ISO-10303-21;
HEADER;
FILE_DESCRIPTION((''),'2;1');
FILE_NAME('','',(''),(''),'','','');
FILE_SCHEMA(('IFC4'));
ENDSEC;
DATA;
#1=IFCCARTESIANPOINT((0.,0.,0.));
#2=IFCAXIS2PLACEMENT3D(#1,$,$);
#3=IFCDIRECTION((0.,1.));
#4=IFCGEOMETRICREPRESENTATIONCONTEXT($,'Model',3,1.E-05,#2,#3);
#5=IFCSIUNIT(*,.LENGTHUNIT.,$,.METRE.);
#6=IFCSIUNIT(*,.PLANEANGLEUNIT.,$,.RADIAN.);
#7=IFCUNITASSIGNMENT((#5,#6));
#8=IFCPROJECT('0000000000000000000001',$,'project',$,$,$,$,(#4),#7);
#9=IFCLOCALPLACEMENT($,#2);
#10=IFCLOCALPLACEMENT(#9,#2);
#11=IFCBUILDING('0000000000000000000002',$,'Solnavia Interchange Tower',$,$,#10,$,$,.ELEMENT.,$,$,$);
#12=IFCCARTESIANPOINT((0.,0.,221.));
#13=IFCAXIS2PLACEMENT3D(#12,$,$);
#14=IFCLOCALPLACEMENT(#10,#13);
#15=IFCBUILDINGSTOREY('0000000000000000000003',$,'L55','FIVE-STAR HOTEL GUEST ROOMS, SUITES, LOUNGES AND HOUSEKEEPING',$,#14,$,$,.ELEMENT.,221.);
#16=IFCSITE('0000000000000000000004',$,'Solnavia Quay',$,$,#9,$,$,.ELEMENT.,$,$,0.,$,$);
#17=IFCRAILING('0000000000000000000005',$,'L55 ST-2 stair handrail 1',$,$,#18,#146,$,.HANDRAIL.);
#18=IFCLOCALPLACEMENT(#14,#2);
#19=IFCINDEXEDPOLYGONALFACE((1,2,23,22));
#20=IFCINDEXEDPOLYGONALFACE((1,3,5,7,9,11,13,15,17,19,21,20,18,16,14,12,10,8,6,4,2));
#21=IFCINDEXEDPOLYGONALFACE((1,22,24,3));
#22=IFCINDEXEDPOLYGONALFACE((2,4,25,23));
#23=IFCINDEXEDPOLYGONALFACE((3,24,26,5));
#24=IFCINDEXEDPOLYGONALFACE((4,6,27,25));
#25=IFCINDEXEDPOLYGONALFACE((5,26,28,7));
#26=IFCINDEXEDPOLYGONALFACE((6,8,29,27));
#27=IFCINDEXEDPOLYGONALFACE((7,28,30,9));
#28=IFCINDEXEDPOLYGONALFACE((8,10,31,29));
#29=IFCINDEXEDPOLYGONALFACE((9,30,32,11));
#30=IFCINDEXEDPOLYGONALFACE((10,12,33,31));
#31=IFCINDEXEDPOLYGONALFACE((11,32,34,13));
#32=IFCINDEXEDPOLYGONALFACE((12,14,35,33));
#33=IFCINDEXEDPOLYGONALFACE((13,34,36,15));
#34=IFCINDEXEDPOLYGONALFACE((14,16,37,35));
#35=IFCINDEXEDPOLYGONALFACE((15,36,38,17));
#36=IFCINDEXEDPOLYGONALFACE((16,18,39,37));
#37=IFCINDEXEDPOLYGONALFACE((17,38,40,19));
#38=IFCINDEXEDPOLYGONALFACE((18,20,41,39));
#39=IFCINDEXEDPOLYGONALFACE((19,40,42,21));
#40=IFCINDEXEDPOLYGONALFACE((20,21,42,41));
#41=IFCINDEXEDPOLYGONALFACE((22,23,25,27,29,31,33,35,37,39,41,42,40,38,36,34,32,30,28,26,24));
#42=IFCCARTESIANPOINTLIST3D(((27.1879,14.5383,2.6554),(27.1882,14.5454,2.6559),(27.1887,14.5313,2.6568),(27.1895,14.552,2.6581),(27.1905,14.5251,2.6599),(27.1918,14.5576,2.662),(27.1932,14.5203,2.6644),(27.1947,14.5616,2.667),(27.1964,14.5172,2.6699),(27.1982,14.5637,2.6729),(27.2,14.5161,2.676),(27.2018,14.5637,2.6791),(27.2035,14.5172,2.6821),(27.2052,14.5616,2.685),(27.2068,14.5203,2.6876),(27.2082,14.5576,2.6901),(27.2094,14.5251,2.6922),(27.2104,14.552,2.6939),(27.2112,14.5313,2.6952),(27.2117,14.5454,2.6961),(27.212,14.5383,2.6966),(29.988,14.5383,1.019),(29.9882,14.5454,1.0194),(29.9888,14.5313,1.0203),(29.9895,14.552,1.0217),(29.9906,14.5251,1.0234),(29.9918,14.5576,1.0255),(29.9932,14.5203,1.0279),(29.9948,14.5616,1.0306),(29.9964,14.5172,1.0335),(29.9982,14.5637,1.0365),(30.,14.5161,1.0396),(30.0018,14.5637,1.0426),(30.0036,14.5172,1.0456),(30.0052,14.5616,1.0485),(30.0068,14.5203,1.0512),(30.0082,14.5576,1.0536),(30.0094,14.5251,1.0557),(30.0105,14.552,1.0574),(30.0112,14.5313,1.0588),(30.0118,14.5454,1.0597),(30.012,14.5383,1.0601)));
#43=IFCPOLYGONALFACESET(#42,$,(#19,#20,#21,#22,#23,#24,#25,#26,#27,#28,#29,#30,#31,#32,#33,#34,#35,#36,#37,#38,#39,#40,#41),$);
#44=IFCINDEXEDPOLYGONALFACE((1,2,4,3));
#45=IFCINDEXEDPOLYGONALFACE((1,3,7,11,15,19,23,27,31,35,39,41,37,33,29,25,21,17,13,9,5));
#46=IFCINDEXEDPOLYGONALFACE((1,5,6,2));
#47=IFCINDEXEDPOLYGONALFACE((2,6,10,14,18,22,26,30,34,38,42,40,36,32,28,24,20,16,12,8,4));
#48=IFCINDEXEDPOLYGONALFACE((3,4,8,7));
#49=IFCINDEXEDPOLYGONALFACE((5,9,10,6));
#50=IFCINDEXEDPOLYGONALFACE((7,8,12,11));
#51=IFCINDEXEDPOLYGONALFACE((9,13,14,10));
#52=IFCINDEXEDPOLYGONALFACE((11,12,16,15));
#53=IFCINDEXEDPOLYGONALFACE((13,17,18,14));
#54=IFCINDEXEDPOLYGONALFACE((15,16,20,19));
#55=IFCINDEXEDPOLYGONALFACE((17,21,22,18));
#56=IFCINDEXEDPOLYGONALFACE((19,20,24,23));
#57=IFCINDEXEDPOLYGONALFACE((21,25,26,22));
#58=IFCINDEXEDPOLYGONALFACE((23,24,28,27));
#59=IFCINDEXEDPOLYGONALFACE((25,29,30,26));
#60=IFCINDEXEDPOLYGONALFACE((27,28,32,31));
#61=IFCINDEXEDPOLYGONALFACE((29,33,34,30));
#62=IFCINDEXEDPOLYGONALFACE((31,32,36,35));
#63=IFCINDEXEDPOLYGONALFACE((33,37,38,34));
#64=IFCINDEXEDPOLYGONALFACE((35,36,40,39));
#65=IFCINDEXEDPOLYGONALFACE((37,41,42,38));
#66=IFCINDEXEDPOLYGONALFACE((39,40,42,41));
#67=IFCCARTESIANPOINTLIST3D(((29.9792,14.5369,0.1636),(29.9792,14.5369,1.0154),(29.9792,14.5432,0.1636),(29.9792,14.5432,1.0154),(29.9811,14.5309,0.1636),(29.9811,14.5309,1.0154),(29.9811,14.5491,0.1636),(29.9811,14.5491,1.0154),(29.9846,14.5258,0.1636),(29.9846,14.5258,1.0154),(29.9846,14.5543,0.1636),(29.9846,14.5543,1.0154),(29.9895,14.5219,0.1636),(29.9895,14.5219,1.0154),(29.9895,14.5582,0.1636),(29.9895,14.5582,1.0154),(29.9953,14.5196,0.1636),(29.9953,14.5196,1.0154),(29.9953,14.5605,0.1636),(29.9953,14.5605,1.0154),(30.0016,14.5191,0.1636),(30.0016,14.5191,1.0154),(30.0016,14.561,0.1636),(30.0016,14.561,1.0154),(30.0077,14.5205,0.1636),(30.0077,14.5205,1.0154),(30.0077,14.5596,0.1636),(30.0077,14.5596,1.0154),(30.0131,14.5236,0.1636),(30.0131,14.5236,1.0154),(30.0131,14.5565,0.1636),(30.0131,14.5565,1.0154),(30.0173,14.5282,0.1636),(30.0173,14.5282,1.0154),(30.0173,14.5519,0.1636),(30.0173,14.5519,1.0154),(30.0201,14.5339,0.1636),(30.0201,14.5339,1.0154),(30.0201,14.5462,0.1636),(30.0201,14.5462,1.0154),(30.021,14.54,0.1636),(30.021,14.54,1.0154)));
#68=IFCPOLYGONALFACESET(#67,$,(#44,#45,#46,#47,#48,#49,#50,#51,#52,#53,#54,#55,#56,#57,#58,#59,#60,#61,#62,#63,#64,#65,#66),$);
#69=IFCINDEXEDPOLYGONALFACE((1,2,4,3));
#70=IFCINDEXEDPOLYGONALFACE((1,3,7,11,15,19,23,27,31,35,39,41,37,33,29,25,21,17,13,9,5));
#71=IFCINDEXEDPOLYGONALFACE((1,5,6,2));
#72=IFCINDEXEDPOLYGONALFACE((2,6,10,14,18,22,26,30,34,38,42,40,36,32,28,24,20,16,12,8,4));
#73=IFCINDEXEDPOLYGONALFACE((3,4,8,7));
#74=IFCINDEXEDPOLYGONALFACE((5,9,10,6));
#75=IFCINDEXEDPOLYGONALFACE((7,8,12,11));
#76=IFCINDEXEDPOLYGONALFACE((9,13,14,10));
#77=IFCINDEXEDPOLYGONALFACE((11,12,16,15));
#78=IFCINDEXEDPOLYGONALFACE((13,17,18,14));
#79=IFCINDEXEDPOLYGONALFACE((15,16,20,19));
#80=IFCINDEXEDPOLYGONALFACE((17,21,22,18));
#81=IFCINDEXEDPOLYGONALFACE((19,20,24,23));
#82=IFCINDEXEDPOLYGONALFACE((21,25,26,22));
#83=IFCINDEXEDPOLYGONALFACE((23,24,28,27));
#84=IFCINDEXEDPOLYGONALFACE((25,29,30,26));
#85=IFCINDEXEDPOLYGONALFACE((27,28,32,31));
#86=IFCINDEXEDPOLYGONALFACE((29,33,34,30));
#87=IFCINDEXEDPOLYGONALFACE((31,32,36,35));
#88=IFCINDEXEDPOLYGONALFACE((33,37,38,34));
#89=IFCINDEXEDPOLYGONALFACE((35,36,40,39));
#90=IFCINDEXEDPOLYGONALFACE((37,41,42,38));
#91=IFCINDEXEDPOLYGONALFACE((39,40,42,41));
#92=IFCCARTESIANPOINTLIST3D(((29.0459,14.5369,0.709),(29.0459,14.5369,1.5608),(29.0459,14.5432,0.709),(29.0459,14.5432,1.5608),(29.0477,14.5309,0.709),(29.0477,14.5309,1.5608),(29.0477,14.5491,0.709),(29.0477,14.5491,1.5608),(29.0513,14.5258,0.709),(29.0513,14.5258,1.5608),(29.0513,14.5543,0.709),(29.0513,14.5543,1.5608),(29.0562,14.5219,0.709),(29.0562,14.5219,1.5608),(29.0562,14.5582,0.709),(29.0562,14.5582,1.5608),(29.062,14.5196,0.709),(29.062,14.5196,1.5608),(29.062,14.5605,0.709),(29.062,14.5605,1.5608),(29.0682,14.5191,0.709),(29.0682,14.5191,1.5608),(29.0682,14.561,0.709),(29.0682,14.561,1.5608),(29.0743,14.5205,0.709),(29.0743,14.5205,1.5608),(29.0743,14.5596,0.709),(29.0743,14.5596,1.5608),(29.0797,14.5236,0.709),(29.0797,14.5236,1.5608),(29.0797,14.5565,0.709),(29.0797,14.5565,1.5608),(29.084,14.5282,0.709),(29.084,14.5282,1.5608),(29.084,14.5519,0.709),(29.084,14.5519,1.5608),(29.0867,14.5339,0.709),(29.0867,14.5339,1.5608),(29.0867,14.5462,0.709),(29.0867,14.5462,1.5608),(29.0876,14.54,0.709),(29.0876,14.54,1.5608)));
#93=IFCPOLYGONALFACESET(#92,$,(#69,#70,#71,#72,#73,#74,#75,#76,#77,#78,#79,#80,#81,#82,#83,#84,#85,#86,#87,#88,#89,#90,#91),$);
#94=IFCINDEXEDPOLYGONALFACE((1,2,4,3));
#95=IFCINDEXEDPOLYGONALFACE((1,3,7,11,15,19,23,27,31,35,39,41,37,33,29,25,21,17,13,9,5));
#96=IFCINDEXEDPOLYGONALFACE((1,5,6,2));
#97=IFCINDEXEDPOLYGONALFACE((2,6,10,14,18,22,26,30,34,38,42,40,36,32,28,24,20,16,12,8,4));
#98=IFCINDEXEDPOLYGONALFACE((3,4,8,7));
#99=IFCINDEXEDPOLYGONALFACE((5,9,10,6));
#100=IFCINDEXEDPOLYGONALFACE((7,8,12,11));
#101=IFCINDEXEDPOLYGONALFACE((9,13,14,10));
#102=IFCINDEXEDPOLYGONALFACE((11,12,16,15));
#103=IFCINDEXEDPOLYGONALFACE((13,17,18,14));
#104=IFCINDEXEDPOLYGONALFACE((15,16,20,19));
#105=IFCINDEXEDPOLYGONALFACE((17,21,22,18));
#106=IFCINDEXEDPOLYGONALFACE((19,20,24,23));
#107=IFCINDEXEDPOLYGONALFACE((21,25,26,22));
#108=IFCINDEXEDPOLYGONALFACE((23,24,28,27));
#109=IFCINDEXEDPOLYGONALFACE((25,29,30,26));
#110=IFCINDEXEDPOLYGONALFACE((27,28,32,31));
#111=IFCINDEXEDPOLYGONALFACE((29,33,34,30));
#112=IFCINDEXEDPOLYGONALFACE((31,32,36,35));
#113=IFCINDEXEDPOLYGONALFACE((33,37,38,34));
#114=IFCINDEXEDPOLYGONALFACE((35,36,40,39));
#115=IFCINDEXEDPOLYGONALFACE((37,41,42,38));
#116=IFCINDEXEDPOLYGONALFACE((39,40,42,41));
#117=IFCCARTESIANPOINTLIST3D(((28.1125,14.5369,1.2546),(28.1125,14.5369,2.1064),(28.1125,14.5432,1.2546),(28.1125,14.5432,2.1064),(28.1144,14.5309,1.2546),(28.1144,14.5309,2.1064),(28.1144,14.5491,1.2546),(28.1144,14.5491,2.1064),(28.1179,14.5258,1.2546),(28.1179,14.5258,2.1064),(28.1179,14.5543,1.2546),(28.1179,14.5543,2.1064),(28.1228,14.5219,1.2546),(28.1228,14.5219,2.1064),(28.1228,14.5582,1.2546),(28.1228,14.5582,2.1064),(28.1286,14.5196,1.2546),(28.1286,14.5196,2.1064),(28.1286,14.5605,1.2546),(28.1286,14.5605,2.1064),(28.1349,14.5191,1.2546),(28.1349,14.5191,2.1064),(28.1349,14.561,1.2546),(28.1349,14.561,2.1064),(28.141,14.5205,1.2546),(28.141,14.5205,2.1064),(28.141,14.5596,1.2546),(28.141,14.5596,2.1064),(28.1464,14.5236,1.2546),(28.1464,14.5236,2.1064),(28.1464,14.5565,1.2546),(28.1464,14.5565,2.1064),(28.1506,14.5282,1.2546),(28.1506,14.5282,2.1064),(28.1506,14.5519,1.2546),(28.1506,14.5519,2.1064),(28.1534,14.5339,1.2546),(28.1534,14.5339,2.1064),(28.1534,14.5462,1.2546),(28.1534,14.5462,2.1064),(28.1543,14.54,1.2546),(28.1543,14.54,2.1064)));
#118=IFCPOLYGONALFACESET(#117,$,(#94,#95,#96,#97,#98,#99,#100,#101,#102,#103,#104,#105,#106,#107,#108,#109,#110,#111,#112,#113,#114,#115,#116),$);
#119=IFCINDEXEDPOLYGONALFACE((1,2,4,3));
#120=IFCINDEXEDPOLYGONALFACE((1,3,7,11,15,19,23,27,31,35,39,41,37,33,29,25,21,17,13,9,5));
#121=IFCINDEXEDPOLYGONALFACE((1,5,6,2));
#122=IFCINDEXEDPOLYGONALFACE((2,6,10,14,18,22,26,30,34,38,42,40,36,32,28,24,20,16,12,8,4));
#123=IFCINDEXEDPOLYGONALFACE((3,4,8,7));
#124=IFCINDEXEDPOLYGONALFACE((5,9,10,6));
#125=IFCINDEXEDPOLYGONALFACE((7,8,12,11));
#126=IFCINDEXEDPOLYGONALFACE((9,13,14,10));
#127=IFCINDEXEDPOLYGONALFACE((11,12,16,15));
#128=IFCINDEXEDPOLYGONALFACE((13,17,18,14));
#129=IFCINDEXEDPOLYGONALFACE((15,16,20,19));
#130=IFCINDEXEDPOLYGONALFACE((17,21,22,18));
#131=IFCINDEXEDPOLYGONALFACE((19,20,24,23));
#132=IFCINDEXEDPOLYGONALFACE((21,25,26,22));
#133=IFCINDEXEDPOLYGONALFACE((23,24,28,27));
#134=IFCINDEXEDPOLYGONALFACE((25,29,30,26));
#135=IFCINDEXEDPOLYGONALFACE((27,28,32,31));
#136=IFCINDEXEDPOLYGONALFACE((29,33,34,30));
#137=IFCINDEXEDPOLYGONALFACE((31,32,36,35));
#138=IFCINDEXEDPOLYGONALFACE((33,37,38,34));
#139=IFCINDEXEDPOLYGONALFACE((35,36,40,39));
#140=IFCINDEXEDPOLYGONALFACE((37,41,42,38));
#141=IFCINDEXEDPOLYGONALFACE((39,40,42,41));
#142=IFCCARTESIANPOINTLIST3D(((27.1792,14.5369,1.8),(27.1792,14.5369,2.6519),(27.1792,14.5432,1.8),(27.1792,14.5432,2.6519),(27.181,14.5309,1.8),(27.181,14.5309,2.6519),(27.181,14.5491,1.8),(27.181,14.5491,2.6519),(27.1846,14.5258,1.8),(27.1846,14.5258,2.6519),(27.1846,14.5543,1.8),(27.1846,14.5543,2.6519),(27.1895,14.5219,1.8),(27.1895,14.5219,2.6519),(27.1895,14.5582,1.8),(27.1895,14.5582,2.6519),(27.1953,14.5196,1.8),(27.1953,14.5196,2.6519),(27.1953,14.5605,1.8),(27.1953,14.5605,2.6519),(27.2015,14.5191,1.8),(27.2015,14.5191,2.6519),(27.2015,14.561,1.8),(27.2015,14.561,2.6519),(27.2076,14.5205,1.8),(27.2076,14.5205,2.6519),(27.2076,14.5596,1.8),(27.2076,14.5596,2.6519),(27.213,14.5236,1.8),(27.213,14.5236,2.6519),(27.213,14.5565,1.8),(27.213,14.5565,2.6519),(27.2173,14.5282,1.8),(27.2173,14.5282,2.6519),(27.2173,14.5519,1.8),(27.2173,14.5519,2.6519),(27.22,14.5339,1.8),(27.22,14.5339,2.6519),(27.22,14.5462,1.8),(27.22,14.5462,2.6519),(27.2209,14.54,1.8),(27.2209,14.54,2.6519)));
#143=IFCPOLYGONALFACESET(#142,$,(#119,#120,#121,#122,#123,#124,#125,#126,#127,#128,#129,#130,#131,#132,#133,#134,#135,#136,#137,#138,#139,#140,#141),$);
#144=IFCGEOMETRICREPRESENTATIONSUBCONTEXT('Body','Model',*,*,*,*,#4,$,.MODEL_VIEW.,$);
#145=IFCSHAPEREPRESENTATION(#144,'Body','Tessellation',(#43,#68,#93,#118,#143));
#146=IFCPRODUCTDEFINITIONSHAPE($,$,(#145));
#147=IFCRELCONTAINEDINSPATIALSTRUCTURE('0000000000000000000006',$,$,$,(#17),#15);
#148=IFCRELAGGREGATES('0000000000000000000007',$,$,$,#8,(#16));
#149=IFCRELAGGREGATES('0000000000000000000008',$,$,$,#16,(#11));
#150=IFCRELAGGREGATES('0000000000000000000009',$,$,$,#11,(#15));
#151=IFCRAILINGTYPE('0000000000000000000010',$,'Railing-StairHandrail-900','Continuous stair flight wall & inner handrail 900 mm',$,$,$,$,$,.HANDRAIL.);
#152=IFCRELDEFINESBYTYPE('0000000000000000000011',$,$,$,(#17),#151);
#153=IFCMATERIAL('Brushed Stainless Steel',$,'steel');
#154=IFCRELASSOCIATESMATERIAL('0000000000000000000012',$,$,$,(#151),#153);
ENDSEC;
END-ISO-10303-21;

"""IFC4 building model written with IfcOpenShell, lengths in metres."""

from ifc_helpers import new_model, si_unit, direction, frame, origin, origin_2d, place, context, subcontext, project, spatial, circle, extrude, material, type_object, element, save


model = new_model("IFC4")

# Units and contexts
model_context = context("Model", 3, precision=1e-05, world=origin(), true_north=direction((0.0, 1.0)))
body_context = subcontext(model_context, "Body", "Model", "MODEL_VIEW")
ifc_project = project(units=[si_unit("LENGTHUNIT", "METRE"), si_unit("PLANEANGLEUNIT", "RADIAN")], contexts=[model_context])

# Site, building, storey
site_placement = place(None, origin())
site = spatial("IfcSite", under=ifc_project, at=site_placement, Name="Solnavia Quay", CompositionType="ELEMENT", RefElevation=0.0)
building_placement = place(site_placement, origin())
building = spatial("IfcBuilding", under=site, at=building_placement, Name="Solnavia Interchange Tower", CompositionType="ELEMENT")
storey_placement = place(building_placement, frame((0.0, 0.0, 221.0)))
storey = spatial("IfcBuildingStorey", under=building, at=storey_placement, Name="L55", Description="FIVE-STAR HOTEL GUEST ROOMS, SUITES, LOUNGES AND HOUSEKEEPING", CompositionType="ELEMENT", Elevation=221.0)

# Railing
ifc_material_1 = material(Name="Brushed Stainless Steel", Category="steel")
railing_type_1 = type_object("IfcRailingType", Name="Railing-StairHandrail-900", Description="Continuous stair flight wall & inner handrail 900 mm", PredefinedType="HANDRAIL", material=ifc_material_1)
railing_1_placement = place(storey_placement, frame((30.0, 14.54, 0.1636)))
element("IfcRailing", 1, at=railing_1_placement, inside=storey, type_object=railing_type_1, Name="L55 ST-2 stair handrail 1", PredefinedType="HANDRAIL", context=body_context, shape_type="SweptSolid", body=[
    extrude(circle(Radius=0.0239, at=origin_2d()), frame((0.0, 0.0, 0.876), z_axis=(-0.863361, 0.0, 0.504587), x_axis=(0.0, -1.0, 0.0)), (0.0, 0.0, 1.0), 3.2432),
    extrude(circle(Radius=0.021, at=origin_2d()), origin(), (0.0, 0.0, 1.0), 0.8518),
    extrude(circle(Radius=0.021, at=origin_2d()), frame((-0.9333, 0.0, 0.5454)), (0.0, 0.0, 1.0), 0.8518),
    extrude(circle(Radius=0.021, at=origin_2d()), frame((-1.8667, 0.0, 1.0911)), (0.0, 0.0, 1.0), 0.8518),
    extrude(circle(Radius=0.021, at=origin_2d()), frame((-2.8, 0.0, 1.6365)), (0.0, 0.0, 1.0), 0.8518),
])

save(model, "model.ifc")
